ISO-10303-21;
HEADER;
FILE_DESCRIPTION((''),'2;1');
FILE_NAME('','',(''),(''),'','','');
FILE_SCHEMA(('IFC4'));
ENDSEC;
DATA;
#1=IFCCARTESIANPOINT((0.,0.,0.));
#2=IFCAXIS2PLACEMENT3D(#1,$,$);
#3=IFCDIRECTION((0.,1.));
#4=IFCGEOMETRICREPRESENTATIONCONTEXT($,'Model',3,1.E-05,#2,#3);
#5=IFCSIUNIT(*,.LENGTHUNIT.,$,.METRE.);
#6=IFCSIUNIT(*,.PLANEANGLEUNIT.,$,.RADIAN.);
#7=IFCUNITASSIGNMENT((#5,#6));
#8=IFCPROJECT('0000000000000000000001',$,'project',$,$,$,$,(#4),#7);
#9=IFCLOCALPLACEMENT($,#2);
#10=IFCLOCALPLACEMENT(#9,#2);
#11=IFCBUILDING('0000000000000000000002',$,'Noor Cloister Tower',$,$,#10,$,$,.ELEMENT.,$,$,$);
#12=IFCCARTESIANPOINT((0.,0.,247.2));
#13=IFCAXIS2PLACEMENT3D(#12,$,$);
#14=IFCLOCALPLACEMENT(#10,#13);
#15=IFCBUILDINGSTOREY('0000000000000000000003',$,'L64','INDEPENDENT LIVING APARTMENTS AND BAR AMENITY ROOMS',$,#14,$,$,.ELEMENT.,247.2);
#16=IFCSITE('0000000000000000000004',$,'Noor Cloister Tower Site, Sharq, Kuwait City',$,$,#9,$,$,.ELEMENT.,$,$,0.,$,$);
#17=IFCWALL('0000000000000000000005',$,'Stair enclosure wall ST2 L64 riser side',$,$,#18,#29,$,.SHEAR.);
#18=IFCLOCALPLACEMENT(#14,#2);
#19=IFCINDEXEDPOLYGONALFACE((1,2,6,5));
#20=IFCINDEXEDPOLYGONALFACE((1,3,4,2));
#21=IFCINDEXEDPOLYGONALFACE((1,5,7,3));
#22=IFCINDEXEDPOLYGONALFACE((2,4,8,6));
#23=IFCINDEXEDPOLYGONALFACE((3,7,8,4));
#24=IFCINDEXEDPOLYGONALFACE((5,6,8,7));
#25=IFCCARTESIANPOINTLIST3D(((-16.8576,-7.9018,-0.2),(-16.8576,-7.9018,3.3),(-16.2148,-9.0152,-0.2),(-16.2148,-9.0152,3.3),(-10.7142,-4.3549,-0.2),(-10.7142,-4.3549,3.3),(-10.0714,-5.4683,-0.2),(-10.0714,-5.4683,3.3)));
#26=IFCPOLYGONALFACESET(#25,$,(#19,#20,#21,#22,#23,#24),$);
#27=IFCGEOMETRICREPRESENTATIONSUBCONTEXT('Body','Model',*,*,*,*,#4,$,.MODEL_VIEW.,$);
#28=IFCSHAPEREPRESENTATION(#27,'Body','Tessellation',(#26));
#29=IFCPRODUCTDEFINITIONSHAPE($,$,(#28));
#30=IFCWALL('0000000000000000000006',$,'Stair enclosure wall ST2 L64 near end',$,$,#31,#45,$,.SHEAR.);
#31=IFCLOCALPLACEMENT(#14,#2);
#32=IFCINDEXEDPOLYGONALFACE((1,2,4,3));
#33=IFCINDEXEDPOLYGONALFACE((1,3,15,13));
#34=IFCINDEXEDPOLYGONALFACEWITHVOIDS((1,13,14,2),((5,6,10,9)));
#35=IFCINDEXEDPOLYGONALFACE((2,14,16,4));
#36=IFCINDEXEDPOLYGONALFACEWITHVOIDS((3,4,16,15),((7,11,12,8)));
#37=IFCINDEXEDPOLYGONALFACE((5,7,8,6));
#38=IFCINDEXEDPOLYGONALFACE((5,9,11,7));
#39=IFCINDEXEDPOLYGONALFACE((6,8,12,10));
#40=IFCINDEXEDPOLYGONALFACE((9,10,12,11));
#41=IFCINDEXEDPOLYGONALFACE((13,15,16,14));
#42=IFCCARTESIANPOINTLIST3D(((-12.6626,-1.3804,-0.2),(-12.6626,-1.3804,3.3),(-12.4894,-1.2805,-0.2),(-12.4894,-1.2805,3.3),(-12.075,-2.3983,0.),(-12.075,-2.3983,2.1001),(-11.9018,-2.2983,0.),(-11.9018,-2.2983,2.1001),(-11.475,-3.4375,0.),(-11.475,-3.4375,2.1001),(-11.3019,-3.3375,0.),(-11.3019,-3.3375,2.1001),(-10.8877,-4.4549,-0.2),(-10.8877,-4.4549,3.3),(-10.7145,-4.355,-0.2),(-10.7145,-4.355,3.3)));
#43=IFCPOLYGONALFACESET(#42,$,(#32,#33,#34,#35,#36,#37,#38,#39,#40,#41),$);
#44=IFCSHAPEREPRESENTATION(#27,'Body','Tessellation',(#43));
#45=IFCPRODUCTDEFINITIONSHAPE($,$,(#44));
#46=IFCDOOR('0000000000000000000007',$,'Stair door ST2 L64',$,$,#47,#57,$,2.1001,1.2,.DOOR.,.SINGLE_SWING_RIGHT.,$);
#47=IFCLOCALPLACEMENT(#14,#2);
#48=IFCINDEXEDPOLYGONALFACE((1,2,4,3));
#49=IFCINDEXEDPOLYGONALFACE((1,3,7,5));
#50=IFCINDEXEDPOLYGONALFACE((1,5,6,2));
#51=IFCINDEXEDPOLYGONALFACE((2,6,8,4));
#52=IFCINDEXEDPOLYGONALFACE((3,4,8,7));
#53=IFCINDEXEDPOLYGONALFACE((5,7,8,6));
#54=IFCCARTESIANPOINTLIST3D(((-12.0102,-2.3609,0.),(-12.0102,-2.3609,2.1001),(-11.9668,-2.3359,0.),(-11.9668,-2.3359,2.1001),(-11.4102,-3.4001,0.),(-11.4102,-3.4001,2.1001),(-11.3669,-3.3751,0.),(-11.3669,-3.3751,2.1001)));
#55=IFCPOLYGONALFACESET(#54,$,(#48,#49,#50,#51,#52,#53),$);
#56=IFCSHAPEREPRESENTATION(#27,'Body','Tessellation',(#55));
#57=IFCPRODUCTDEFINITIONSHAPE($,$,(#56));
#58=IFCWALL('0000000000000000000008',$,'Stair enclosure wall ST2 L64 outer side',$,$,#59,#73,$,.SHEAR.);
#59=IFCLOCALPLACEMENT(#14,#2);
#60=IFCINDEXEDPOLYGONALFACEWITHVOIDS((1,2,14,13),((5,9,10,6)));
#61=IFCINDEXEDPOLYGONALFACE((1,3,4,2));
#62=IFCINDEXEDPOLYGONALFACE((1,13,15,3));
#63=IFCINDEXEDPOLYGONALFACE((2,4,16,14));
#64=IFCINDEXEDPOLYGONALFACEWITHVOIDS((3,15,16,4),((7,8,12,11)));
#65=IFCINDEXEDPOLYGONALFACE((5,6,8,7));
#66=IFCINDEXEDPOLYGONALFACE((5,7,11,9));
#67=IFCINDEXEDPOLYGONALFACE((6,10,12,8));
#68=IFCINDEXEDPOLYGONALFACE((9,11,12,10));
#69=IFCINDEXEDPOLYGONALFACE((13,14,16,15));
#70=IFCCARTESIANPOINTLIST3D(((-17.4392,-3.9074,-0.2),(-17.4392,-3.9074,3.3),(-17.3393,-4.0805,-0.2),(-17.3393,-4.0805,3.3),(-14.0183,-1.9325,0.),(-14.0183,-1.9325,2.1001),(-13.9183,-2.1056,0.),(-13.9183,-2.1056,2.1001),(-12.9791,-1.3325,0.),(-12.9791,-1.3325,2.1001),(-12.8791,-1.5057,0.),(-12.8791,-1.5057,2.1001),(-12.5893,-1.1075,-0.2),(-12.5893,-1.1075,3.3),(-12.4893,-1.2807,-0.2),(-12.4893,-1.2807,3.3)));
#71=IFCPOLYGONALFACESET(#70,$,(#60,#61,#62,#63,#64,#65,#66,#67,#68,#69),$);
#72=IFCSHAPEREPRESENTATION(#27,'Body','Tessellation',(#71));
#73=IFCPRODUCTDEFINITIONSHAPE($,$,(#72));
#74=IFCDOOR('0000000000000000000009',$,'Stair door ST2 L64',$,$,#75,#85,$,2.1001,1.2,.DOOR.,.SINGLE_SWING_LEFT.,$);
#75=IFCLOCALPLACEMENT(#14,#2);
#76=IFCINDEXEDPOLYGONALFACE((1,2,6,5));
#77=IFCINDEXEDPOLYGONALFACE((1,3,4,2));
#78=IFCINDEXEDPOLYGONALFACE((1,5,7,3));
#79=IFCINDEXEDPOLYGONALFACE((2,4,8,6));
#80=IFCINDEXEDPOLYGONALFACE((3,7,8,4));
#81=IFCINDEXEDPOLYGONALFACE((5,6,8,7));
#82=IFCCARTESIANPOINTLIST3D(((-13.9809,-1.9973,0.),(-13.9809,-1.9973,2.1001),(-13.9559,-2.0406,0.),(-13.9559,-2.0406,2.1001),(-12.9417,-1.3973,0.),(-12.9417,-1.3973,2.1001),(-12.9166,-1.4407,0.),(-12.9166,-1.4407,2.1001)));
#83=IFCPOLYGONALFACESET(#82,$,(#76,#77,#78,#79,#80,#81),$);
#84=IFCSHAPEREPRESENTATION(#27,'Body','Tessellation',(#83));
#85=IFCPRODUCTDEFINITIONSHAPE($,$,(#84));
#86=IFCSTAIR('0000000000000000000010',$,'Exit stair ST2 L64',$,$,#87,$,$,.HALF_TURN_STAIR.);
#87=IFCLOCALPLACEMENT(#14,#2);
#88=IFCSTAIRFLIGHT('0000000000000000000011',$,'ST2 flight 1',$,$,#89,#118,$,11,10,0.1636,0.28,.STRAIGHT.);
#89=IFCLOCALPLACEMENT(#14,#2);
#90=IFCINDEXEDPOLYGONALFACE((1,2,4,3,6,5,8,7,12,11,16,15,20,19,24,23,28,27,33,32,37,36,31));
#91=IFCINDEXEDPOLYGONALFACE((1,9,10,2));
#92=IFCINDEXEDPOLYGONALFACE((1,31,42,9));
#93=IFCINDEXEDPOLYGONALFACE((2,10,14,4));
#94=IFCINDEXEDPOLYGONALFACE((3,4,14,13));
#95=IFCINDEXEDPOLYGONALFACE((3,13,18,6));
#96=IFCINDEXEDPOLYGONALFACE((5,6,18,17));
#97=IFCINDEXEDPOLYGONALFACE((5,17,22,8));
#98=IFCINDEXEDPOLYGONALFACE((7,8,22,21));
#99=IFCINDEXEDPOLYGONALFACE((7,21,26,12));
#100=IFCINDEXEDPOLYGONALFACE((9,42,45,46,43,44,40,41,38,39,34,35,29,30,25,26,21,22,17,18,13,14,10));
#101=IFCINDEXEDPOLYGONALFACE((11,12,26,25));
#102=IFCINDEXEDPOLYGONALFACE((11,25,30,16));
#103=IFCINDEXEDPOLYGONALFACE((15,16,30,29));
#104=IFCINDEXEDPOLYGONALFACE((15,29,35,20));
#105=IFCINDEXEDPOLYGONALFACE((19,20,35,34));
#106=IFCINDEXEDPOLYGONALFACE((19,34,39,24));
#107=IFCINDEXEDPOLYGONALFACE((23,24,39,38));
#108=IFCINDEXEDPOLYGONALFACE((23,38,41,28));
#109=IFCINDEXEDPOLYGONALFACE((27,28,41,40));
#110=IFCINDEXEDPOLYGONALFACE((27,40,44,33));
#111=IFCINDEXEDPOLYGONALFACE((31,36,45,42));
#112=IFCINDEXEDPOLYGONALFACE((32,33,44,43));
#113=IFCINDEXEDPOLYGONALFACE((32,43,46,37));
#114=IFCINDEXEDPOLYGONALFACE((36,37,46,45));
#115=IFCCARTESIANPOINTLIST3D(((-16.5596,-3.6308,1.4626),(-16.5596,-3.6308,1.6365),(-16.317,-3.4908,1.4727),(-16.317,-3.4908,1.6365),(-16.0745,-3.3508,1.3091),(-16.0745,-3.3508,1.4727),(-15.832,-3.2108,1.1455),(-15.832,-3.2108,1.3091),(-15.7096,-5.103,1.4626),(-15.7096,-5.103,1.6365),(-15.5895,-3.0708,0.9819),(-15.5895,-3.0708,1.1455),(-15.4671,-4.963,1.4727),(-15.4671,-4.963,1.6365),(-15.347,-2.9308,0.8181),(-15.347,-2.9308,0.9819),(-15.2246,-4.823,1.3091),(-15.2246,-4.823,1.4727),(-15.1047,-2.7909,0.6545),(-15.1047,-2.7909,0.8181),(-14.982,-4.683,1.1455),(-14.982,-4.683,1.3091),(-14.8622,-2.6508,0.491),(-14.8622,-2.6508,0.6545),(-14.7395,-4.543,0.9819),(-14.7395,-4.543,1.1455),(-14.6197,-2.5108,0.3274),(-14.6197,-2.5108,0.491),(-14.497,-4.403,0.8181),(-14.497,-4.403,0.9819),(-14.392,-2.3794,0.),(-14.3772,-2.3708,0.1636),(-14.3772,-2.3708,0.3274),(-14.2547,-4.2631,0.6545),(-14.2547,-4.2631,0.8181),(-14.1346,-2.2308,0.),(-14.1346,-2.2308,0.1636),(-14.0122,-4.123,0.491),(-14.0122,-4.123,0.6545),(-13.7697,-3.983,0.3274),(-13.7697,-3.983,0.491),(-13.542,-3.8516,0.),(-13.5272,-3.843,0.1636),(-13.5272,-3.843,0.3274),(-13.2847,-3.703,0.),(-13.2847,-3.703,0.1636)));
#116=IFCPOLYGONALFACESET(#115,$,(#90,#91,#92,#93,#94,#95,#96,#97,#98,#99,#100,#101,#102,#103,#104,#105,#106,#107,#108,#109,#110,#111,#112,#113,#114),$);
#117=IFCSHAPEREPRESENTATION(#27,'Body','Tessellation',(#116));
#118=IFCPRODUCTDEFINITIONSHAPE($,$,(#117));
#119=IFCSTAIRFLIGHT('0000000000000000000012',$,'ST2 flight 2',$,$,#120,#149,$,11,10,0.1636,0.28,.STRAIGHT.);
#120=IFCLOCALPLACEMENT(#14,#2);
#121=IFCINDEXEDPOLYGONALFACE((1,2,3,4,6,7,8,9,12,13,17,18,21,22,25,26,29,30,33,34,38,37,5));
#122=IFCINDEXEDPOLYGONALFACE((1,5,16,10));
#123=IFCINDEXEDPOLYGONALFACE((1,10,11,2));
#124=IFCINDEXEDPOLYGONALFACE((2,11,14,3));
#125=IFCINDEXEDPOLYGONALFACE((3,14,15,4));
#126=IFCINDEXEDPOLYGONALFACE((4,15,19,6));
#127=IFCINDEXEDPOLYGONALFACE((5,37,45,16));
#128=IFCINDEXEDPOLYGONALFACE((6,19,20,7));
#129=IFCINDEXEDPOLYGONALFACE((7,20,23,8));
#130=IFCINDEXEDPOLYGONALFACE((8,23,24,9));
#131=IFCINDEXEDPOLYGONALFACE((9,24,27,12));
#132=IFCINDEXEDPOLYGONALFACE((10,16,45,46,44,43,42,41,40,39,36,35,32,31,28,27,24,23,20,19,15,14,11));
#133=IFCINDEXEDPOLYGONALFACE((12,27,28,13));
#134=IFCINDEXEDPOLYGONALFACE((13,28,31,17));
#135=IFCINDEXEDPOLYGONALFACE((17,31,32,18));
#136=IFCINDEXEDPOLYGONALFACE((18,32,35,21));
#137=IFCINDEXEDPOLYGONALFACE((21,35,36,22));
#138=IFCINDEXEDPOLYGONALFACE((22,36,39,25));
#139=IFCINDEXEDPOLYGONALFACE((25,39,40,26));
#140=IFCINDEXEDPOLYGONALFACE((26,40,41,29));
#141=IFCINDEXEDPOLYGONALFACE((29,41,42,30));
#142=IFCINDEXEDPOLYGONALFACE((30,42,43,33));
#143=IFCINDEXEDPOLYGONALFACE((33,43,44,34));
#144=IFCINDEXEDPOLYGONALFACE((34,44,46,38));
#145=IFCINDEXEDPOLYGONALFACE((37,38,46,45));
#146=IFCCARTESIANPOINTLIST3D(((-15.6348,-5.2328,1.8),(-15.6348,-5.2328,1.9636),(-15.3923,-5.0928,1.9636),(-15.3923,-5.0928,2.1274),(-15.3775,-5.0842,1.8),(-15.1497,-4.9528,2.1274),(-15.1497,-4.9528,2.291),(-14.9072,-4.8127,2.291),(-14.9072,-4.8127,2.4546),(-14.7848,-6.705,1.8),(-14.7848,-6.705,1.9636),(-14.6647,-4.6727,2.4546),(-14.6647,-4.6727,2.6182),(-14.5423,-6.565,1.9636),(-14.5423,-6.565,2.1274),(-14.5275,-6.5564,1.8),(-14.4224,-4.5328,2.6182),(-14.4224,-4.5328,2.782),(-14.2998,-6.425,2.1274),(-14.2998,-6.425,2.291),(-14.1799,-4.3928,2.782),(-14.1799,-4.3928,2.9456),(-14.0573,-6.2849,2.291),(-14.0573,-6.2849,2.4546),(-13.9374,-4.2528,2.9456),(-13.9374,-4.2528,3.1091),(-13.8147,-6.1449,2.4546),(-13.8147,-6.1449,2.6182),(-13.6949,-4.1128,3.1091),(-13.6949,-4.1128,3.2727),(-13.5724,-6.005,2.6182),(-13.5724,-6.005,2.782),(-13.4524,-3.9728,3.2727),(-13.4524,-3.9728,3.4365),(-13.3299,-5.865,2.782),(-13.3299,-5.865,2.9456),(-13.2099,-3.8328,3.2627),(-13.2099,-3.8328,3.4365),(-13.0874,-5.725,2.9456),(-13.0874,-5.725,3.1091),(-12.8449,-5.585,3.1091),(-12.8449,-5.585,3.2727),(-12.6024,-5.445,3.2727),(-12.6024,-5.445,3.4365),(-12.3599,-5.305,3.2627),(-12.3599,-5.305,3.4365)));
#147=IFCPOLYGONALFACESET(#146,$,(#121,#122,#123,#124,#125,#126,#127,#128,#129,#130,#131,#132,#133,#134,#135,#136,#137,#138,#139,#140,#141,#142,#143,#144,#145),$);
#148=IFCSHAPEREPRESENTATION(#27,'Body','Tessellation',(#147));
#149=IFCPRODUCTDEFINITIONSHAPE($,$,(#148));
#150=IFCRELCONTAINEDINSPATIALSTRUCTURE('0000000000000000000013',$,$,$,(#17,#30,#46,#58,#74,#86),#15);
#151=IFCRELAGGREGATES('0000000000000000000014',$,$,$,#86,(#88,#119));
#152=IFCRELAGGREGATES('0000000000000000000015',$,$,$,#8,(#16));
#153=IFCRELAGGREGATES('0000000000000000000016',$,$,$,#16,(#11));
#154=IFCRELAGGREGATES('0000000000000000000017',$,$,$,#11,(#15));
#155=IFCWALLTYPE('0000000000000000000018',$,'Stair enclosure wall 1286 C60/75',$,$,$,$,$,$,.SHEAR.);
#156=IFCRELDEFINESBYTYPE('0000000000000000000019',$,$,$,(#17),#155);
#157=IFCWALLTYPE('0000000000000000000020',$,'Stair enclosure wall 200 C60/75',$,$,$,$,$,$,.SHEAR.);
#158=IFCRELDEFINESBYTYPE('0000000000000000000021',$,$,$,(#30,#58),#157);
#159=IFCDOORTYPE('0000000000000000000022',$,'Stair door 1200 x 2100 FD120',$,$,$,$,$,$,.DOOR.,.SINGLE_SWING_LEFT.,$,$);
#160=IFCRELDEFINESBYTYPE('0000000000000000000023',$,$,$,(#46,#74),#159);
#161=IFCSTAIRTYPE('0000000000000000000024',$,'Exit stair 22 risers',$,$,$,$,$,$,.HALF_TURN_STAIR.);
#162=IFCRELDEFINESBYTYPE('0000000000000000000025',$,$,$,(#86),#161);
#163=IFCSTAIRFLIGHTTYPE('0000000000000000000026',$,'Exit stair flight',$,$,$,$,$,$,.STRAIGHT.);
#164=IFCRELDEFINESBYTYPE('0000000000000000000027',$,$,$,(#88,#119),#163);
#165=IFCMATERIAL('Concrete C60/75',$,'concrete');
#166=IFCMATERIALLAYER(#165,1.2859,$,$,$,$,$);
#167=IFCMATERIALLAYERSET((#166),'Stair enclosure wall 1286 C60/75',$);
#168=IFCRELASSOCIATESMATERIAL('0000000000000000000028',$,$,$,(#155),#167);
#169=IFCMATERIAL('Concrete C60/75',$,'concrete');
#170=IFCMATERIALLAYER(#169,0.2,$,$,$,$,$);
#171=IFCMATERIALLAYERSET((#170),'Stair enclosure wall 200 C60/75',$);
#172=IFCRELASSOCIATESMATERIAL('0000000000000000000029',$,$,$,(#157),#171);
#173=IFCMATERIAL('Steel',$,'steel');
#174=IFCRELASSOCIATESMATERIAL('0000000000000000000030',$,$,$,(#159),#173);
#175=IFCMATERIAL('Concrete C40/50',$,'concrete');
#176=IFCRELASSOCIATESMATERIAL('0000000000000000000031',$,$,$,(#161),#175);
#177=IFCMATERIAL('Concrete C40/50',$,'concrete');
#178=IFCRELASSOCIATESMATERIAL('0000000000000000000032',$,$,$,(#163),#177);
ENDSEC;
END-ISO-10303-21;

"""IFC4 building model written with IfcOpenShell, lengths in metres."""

from ifc_helpers import new_model, si_unit, direction, frame, frame_2d, origin, place, context, subcontext, project, spatial, polyline, rectangle, outline, extrude, material, layer, layer_set, type_object, element, fill, aggregate, save


model = new_model("IFC4")

# Units and contexts
model_context = context("Model", 3, precision=1e-05, world=origin(), true_north=direction((0.0, 1.0)))
body_context = subcontext(model_context, "Body", "Model", "MODEL_VIEW")
ifc_project = project(units=[si_unit("LENGTHUNIT", "METRE"), si_unit("PLANEANGLEUNIT", "RADIAN")], contexts=[model_context])

# Site, building, storey
site_placement = place(None, origin())
site = spatial("IfcSite", under=ifc_project, at=site_placement, Name="Noor Cloister Tower Site, Sharq, Kuwait City", CompositionType="ELEMENT", RefElevation=0.0)
building_placement = place(site_placement, origin())
building = spatial("IfcBuilding", under=site, at=building_placement, Name="Noor Cloister Tower", CompositionType="ELEMENT")
storey_placement = place(building_placement, frame((0.0, 0.0, 247.2)))
storey = spatial("IfcBuildingStorey", under=building, at=storey_placement, Name="L64", Description="INDEPENDENT LIVING APARTMENTS AND BAR AMENITY ROOMS", CompositionType="ELEMENT", Elevation=247.2)

# Wall
ifc_material_1 = material(Name="Concrete C60/75", Category="concrete")
ifc_layer_1 = layer(ifc_material_1, 1.2859)
ifc_layer_set_1 = layer_set([ifc_layer_1], Name="Stair enclosure wall 1286 C60/75")
wall_type_1 = type_object("IfcWallType", Name="Stair enclosure wall 1286 C60/75", PredefinedType="SHEAR", material=ifc_layer_set_1)
wall_1_placement = place(storey_placement, frame((-10.3928, -4.9116, -0.2), z_axis=(0.0, 0.0, 1.0), x_axis=(-0.866023, -0.500003, 0.0)))
element("IfcWall", 1, at=wall_1_placement, inside=storey, type_object=wall_type_1, Name="Stair enclosure wall ST2 L64 riser side", PredefinedType="SHEAR", context=body_context, shape_type="SweptSolid", body=[
    extrude(rectangle(XDim=7.0938, YDim=1.2856, at=frame_2d((3.5469, 0.0))), origin(), (0.0, 0.0, 1.0), 3.5),
])

# Walls, openings, doors
ifc_material_2 = material(Name="Concrete C60/75", Category="concrete")
ifc_layer_2 = layer(ifc_material_2, 0.2)
ifc_layer_set_2 = layer_set([ifc_layer_2], Name="Stair enclosure wall 200 C60/75")
wall_type_2 = type_object("IfcWallType", Name="Stair enclosure wall 200 C60/75", PredefinedType="SHEAR", material=ifc_layer_set_2)
wall_2_placement = place(storey_placement, frame((-12.5759, -1.3306, -0.2), z_axis=(0.0, 0.0, 1.0), x_axis=(0.49997, -0.866042, 0.0)))
wall_2 = element("IfcWall", 2, at=wall_2_placement, inside=storey, type_object=wall_type_2, Name="Stair enclosure wall ST2 L64 near end", PredefinedType="SHEAR", context=body_context, shape_type="SweptSolid", body=[
    extrude(rectangle(XDim=3.55, YDim=0.2, at=frame_2d((1.7749, 0.0))), origin(), (0.0, 0.0, 1.0), 3.5),
])
opening_1_placement = place(wall_2_placement, frame((1.175, 0.0, 0.2)))
opening_1 = element("IfcOpeningElement", 3, at=opening_1_placement, cuts=wall_2, PredefinedType="OPENING", context=body_context, shape_type="SweptSolid", body=[
    extrude(rectangle(XDim=1.2, YDim=2.1001, at=frame_2d((0.6001, 1.05))), frame((0.0, 0.1099, 0.0), z_axis=(0.0, -1.0, 0.0), x_axis=(1.0, 0.0, 0.0)), (0.0, 0.0, 1.0), 0.22),
])
ifc_material_3 = material(Name="Steel", Category="steel")
door_type_1 = type_object("IfcDoorType", Name="Stair door 1200 x 2100 FD120", OperationType="SINGLE_SWING_LEFT", PredefinedType="DOOR", material=ifc_material_3)
door_1_placement = place(opening_1_placement, origin())
door_1 = element("IfcDoor", 4, at=door_1_placement, inside=storey, type_object=door_type_1, Name="Stair door ST2 L64", OperationType="SINGLE_SWING_RIGHT", OverallHeight=2.1001, OverallWidth=1.2, PredefinedType="DOOR", context=body_context, shape_type="SweptSolid", body=[
    extrude(rectangle(XDim=1.2, YDim=2.1001, at=frame_2d((0.6001, 1.05))), frame((0.0, 0.0249, 0.0), z_axis=(0.0, -1.0, 0.0), x_axis=(1.0, 0.0, 0.0)), (0.0, 0.0, 1.0), 0.05),
])
fill(opening_1, door_1)
wall_3_placement = place(storey_placement, frame((-12.5393, -1.1941, -0.2), z_axis=(0.0, 0.0, 1.0), x_axis=(-0.866045, -0.499965, 0.0)))
wall_3 = element("IfcWall", 5, at=wall_3_placement, inside=storey, type_object=wall_type_2, Name="Stair enclosure wall ST2 L64 outer side", PredefinedType="SHEAR", context=body_context, shape_type="SweptSolid", body=[
    extrude(rectangle(XDim=5.6001, YDim=0.2, at=frame_2d((2.8, 0.0))), origin(), (0.0, 0.0, 1.0), 3.5),
])
opening_2_placement = place(wall_3_placement, frame((0.45, 0.0, 0.2)))
opening_2 = element("IfcOpeningElement", 6, at=opening_2_placement, cuts=wall_3, PredefinedType="OPENING", context=body_context, shape_type="SweptSolid", body=[
    extrude(rectangle(XDim=1.2, YDim=2.1001, at=frame_2d((0.6001, 1.05))), frame((0.0, 0.1099, 0.0), z_axis=(0.0, -1.0, 0.0), x_axis=(1.0, 0.0, 0.0)), (0.0, 0.0, 1.0), 0.22),
])
door_2_placement = place(opening_2_placement, origin())
door_2 = element("IfcDoor", 7, at=door_2_placement, inside=storey, type_object=door_type_1, Name="Stair door ST2 L64", OperationType="SINGLE_SWING_LEFT", OverallHeight=2.1001, OverallWidth=1.2, PredefinedType="DOOR", context=body_context, shape_type="SweptSolid", body=[
    extrude(rectangle(XDim=1.2, YDim=2.1001, at=frame_2d((0.6001, 1.05))), frame((0.0, 0.0249, 0.0), z_axis=(0.0, -1.0, 0.0), x_axis=(1.0, 0.0, 0.0)), (0.0, 0.0, 1.0), 0.05),
])
fill(opening_2, door_2)

# Stair, stair flights
ifc_material_4 = material(Name="Concrete C40/50", Category="concrete")
stair_type = type_object("IfcStairType", Name="Exit stair 22 risers", PredefinedType="HALF_TURN_STAIR", material=ifc_material_4)
stair_placement = place(storey_placement, origin())
stair = element("IfcStair", 8, at=stair_placement, inside=storey, type_object=stair_type, Name="Exit stair ST2 L64", PredefinedType="HALF_TURN_STAIR")
ifc_material_5 = material(Name="Concrete C40/50", Category="concrete")
stair_flight_type = type_object("IfcStairFlightType", Name="Exit stair flight", PredefinedType="STRAIGHT", material=ifc_material_5)
stair_flight_1_placement = place(storey_placement, frame((-13.7097, -2.9668, 0.0), z_axis=(0.0, 0.0, 1.0), x_axis=(-0.866025, -0.5, 0.0)))
stair_flight_1 = element("IfcStairFlight", 9, at=stair_flight_1_placement, type_object=stair_flight_type, Name="ST2 flight 1", NumberOfRisers=11, NumberOfTreads=10, PredefinedType="STRAIGHT", RiserHeight=0.1636, TreadLength=0.28, context=body_context, shape_type="SweptSolid", body=[
    extrude(outline(polyline([(0.0, 0.0), (0.0, 0.1636), (0.28, 0.1636), (0.28, 0.3274), (0.5601, 0.3274), (0.5601, 0.491), (0.8401, 0.491), (0.8401, 0.6545), (1.1201, 0.6545), (1.1201, 0.8181), (1.3999, 0.8181), (1.3999, 0.9819), (1.6799, 0.9819), (1.6799, 1.1455), (1.96, 1.1455), (1.96, 1.3091), (2.24, 1.3091), (2.24, 1.4727), (2.52, 1.4727), (2.52, 1.6365), (2.8, 1.6365), (2.8, 1.8), (2.8, 1.4626), (0.2971, 0.0), (0.0, 0.0)])), frame((0.0, 0.8501, 0.0), z_axis=(0.0, -1.0, 0.0), x_axis=(1.0, 0.0, 0.0)), (0.0, 0.0, 1.0), 1.7),
])
stair_flight_2_placement = place(storey_placement, frame((-15.2097, -5.969, 1.8), z_axis=(0.0, 0.0, 1.0), x_axis=(0.866025, 0.5, 0.0)))
stair_flight_2 = element("IfcStairFlight", 10, at=stair_flight_2_placement, type_object=stair_flight_type, Name="ST2 flight 2", NumberOfRisers=11, NumberOfTreads=10, PredefinedType="STRAIGHT", RiserHeight=0.1636, TreadLength=0.28, context=body_context, shape_type="SweptSolid", body=[
    extrude(outline(polyline([(0.0, 0.0), (0.0, 0.1636), (0.28, 0.1636), (0.28, 0.3274), (0.5601, 0.3274), (0.5601, 0.491), (0.8401, 0.491), (0.8401, 0.6545), (1.1201, 0.6545), (1.1201, 0.8181), (1.3999, 0.8181), (1.3999, 0.9819), (1.6799, 0.9819), (1.6799, 1.1455), (1.96, 1.1455), (1.96, 1.3091), (2.24, 1.3091), (2.24, 1.4727), (2.52, 1.4727), (2.52, 1.6365), (2.8, 1.6365), (2.8, 1.8), (2.8, 1.4626), (0.2971, 0.0), (0.0, 0.0)])), frame((0.0, 0.8501, 0.0), z_axis=(0.0, -1.0, 0.0), x_axis=(1.0, 0.0, 0.0)), (0.0, 0.0, 1.0), 1.7),
])
aggregate(stair, [stair_flight_1, stair_flight_2])

save(model, "model.ifc")
